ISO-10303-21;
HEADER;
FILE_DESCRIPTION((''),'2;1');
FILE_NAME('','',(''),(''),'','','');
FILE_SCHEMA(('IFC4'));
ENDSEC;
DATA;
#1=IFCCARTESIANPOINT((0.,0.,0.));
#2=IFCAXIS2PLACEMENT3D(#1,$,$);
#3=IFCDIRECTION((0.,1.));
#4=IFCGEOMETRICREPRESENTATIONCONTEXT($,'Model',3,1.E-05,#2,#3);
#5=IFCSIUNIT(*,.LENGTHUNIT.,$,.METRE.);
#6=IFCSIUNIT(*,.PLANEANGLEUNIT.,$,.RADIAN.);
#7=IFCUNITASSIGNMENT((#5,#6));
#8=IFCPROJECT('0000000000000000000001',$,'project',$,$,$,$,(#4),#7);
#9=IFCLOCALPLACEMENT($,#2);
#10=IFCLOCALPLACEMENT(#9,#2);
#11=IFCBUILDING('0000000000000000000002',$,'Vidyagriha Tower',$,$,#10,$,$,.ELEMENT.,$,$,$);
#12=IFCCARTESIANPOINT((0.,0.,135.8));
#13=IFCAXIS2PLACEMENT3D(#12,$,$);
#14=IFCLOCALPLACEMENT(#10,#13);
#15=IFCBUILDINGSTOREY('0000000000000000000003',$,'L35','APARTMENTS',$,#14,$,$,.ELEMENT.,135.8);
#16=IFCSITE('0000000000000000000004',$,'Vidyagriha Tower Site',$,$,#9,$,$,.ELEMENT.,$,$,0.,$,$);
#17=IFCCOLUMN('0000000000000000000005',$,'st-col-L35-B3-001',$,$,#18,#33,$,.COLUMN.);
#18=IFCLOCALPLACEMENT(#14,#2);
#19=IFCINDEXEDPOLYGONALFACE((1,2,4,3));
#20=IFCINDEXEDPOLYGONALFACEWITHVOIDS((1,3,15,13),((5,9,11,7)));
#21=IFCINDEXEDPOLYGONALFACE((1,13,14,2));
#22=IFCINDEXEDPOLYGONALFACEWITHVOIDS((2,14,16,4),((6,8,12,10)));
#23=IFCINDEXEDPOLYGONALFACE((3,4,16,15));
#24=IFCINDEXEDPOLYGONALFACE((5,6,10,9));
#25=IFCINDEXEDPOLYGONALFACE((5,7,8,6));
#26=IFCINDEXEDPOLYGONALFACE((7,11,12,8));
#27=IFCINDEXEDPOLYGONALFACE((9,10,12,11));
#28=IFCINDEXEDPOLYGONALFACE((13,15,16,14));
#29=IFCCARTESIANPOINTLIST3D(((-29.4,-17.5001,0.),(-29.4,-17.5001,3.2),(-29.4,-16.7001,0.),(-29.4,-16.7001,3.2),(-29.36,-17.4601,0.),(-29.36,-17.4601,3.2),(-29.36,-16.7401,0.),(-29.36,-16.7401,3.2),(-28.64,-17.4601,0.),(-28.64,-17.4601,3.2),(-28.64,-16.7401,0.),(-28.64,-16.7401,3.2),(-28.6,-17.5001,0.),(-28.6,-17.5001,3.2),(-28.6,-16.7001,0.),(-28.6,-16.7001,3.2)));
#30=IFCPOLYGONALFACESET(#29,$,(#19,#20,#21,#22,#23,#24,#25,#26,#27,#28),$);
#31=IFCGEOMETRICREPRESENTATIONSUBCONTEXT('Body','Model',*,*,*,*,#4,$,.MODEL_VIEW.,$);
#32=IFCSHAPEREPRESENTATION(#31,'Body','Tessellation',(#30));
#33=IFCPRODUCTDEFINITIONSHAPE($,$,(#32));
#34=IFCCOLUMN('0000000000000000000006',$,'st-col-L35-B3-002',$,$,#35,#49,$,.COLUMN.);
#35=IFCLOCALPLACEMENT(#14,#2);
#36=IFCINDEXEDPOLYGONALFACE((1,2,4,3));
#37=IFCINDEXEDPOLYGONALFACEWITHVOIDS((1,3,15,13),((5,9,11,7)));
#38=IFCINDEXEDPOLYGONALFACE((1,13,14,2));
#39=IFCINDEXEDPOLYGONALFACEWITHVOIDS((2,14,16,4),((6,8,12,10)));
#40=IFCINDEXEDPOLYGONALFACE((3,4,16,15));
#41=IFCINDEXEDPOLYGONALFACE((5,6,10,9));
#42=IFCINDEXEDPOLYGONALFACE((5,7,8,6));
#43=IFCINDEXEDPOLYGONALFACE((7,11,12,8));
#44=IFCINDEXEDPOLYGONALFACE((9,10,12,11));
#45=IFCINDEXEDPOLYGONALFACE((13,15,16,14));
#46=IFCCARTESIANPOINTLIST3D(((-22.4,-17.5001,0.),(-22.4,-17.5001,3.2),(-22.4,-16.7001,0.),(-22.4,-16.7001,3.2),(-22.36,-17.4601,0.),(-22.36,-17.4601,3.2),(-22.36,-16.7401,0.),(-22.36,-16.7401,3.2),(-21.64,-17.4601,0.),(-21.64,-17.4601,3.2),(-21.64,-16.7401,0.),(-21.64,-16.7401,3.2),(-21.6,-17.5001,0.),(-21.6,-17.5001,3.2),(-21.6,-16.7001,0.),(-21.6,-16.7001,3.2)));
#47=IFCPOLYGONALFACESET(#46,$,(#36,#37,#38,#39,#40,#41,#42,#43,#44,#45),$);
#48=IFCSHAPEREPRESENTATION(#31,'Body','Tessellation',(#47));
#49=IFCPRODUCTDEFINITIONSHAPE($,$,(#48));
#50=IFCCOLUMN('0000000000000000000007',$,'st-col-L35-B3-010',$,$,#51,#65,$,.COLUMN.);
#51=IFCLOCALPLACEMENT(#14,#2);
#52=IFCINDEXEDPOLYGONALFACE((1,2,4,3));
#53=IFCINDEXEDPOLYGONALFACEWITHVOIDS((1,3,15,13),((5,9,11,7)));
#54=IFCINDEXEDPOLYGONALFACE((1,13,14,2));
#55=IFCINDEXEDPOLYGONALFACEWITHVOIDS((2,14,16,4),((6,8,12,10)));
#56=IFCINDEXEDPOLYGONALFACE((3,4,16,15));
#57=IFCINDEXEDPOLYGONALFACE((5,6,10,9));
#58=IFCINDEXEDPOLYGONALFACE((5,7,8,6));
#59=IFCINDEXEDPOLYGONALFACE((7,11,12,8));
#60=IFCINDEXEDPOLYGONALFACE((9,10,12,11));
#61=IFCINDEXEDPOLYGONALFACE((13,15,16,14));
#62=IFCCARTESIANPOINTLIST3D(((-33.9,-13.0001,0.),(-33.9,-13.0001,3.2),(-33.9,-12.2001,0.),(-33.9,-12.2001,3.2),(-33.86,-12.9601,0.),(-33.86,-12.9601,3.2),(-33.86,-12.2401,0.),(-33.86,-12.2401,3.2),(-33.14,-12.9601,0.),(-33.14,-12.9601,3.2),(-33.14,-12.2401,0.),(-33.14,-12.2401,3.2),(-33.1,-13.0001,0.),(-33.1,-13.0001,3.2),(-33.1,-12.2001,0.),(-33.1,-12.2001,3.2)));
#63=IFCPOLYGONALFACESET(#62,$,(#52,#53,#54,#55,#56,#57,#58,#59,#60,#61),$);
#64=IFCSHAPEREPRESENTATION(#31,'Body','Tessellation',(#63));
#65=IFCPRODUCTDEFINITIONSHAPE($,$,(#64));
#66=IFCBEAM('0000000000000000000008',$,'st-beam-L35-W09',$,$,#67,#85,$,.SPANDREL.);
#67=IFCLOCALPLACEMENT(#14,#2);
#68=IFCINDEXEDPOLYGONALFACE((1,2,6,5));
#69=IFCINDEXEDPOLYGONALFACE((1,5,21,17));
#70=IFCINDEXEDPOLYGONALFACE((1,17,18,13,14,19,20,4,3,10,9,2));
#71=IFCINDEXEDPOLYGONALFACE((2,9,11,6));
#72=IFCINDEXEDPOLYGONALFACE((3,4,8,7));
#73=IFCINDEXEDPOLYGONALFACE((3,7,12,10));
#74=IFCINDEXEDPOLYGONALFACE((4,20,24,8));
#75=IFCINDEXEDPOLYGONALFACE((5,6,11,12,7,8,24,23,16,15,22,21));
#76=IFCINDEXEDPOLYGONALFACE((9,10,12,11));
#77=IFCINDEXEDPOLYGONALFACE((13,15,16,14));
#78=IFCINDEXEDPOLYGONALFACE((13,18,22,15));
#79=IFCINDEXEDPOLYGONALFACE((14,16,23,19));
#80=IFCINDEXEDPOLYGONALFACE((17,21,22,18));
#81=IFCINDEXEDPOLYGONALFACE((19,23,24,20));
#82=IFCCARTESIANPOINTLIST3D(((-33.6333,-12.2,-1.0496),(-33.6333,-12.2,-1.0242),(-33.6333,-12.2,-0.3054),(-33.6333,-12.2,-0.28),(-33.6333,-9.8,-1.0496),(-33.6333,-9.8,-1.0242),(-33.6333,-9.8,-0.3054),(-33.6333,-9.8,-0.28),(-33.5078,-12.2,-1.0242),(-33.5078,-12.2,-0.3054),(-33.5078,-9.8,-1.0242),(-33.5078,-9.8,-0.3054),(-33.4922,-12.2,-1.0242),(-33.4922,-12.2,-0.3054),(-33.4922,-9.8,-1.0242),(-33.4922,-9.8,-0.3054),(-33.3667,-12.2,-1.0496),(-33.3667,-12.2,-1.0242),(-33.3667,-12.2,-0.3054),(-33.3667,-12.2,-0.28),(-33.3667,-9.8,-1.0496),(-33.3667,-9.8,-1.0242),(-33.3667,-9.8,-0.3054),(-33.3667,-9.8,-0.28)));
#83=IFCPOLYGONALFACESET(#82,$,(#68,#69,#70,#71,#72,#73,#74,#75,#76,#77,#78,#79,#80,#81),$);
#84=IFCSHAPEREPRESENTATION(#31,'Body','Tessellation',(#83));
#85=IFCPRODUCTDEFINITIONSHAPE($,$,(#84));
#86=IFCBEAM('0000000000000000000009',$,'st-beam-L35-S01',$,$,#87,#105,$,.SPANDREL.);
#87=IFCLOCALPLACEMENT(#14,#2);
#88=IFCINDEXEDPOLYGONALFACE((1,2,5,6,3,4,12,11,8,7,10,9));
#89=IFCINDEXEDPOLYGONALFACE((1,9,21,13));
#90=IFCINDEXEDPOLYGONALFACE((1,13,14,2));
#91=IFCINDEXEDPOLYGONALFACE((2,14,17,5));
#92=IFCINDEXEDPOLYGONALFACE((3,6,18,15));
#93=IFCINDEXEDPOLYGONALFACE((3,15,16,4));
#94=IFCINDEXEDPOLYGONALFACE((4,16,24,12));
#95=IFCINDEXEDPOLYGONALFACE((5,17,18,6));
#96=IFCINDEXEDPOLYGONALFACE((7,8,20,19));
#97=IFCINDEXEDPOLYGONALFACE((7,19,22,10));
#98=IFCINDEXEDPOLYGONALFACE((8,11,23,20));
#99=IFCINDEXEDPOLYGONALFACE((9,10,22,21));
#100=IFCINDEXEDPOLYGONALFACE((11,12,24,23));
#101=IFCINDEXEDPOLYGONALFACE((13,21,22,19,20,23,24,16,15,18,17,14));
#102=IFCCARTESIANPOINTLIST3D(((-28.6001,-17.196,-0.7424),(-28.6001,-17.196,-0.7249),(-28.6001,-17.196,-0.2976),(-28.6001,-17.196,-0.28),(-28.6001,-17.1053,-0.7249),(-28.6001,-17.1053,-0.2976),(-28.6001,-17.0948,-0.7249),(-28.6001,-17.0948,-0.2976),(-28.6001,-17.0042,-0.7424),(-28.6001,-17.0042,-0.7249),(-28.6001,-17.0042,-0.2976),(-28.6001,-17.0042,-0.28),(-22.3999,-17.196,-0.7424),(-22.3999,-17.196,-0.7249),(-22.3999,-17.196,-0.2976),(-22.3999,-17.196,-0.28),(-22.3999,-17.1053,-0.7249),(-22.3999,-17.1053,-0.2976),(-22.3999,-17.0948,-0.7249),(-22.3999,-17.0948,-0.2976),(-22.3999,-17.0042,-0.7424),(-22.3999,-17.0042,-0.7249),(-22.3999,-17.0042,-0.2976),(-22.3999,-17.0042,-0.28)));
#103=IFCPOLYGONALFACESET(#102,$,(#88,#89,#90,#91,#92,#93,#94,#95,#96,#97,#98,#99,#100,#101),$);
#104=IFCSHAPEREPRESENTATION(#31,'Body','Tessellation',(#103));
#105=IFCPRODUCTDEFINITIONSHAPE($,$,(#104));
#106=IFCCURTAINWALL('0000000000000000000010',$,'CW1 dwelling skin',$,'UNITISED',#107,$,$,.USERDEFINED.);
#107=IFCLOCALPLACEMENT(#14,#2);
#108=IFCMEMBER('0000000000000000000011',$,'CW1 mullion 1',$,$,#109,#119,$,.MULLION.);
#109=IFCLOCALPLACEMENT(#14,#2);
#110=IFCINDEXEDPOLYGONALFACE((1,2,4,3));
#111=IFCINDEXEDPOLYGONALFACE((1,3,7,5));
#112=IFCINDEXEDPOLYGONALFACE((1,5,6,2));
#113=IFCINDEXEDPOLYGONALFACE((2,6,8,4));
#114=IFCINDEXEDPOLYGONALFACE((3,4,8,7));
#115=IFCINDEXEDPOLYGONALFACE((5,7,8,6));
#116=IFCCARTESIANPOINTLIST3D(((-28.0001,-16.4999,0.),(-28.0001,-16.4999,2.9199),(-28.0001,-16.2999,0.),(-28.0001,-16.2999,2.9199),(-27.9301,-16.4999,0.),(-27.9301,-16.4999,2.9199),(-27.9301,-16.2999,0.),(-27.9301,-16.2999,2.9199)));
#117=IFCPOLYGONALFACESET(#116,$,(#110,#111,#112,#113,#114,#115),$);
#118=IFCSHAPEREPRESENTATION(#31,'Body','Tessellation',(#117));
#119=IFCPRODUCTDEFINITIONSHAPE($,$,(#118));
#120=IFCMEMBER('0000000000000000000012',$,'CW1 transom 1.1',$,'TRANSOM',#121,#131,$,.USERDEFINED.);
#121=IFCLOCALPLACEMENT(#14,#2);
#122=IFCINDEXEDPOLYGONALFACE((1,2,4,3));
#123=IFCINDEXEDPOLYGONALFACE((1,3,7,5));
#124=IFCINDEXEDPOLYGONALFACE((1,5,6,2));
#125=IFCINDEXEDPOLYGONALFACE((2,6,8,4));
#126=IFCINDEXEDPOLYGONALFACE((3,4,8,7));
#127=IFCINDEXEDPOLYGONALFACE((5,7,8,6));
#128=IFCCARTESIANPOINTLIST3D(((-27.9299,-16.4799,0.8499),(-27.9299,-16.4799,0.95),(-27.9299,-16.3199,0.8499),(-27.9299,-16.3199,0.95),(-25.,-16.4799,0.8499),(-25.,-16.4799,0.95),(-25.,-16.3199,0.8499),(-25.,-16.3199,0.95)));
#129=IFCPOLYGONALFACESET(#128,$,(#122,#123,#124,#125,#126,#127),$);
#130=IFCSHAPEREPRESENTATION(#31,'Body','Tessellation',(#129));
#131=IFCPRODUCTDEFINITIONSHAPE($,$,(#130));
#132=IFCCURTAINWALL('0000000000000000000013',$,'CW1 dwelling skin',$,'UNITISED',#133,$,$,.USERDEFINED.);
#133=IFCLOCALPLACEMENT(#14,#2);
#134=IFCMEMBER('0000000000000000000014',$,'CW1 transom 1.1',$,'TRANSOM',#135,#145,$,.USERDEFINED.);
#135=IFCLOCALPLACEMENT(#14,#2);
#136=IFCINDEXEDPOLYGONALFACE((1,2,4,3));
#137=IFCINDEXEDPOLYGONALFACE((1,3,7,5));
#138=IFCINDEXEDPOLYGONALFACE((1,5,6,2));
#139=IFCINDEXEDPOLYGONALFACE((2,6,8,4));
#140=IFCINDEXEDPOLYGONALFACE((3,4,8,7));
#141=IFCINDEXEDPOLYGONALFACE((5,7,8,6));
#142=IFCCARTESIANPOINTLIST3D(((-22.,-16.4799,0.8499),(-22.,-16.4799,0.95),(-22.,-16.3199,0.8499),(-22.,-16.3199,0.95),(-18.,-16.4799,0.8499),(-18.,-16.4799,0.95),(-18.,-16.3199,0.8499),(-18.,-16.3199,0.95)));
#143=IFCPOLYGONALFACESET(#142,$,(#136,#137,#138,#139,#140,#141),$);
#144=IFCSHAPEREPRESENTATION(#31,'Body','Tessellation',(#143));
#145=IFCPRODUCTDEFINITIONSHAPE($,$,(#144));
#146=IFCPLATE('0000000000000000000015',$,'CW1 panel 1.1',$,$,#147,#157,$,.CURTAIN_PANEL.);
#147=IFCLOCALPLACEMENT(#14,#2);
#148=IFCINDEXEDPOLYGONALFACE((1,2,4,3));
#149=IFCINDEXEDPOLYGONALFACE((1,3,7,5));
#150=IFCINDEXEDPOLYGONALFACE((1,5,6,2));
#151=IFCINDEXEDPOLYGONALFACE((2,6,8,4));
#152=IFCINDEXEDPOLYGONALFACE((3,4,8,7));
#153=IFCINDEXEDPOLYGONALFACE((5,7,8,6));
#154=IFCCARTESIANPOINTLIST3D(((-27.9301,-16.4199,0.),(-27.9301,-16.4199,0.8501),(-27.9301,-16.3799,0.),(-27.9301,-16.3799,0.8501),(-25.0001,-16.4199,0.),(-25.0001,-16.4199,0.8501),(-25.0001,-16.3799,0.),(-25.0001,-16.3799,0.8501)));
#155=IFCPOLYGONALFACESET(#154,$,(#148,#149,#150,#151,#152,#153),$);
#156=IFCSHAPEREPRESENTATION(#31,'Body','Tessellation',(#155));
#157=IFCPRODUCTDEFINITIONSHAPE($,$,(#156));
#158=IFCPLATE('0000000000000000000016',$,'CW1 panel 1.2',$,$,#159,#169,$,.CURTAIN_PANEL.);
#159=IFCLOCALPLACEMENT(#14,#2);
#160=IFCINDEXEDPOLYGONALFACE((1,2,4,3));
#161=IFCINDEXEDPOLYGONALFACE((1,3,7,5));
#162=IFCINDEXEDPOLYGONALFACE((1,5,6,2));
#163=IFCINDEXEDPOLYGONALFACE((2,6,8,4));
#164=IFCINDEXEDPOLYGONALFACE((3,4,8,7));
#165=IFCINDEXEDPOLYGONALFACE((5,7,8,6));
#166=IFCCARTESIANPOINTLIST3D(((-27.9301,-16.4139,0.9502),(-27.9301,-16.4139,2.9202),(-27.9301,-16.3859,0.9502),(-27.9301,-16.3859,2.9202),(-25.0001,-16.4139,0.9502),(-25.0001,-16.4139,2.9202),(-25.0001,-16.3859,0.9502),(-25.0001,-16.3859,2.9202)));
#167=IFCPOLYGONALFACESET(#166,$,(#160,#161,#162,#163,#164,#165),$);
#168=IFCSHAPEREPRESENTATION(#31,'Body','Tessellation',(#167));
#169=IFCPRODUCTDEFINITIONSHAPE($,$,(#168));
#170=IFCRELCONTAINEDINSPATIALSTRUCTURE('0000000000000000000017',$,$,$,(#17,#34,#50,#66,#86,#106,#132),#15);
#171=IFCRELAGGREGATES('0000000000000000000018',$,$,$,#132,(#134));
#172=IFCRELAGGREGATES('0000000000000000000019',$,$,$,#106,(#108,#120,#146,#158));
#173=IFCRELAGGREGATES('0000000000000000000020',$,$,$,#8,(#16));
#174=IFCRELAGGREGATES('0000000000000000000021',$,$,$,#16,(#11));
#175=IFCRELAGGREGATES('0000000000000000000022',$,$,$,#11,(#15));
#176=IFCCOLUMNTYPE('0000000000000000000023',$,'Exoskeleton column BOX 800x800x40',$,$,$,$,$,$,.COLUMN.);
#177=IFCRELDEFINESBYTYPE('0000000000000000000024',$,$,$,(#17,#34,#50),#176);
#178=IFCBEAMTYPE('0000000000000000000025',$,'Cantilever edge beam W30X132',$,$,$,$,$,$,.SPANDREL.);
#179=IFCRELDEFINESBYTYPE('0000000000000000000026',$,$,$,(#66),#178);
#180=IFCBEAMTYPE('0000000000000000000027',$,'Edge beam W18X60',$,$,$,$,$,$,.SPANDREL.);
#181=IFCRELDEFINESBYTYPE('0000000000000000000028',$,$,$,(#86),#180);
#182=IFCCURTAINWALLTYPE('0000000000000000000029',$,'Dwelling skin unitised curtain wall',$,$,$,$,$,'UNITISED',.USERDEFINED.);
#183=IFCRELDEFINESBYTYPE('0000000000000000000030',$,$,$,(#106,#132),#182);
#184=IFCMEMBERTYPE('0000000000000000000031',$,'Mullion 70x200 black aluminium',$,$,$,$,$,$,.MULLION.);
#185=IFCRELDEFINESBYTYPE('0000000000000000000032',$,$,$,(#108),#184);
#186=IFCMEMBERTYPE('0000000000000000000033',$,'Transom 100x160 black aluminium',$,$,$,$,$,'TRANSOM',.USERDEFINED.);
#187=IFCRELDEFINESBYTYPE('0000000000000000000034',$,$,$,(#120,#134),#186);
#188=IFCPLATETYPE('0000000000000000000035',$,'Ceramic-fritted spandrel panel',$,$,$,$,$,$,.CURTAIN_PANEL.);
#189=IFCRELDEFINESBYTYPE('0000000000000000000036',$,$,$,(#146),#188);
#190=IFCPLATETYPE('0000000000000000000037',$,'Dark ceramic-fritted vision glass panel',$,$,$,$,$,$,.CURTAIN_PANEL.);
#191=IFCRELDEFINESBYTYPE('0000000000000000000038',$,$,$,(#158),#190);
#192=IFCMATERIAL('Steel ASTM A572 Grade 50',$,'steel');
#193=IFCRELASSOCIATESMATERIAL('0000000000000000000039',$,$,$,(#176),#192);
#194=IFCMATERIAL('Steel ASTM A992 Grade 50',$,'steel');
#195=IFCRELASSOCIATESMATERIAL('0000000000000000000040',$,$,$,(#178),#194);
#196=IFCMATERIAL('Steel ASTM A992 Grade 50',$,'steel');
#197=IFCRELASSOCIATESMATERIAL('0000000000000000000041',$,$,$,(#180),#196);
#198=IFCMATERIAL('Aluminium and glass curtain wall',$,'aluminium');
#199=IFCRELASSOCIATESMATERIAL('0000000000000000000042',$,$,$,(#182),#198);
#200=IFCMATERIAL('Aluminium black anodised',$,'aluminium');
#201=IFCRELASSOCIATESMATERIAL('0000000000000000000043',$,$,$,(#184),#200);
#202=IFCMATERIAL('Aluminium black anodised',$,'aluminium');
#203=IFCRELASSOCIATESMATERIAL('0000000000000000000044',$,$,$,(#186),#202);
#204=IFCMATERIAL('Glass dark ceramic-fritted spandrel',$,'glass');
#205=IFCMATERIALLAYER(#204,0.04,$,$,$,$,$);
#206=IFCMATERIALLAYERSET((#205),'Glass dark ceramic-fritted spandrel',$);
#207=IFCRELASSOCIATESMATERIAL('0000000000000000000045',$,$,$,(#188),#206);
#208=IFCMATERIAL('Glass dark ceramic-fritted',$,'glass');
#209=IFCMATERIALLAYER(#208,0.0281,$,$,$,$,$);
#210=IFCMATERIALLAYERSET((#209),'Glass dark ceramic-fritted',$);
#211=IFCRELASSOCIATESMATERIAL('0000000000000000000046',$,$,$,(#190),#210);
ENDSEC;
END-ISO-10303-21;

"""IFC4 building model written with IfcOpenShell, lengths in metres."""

from ifc_helpers import new_model, si_unit, direction, frame, origin, origin_2d, place, context, subcontext, project, spatial, rectangle, hollow_rectangle, i_section, extrude, material, layer, layer_set, material_profile, profile_set, type_object, element, aggregate, save


model = new_model("IFC4")

# Units and contexts
model_context = context("Model", 3, precision=1e-05, world=origin(), true_north=direction((0.0, 1.0)))
body_context = subcontext(model_context, "Body", "Model", "MODEL_VIEW")
ifc_project = project(units=[si_unit("LENGTHUNIT", "METRE"), si_unit("PLANEANGLEUNIT", "RADIAN")], contexts=[model_context])

# Site, building, storey
site_placement = place(None, origin())
site = spatial("IfcSite", under=ifc_project, at=site_placement, Name="Vidyagriha Tower Site", CompositionType="ELEMENT", RefElevation=0.0)
building_placement = place(site_placement, origin())
building = spatial("IfcBuilding", under=site, at=building_placement, Name="Vidyagriha Tower", CompositionType="ELEMENT")
storey_placement = place(building_placement, frame((0.0, 0.0, 135.8)))
storey = spatial("IfcBuildingStorey", under=building, at=storey_placement, Name="L35", Description="APARTMENTS", CompositionType="ELEMENT", Elevation=135.8)

# Columns
ifc_material_1 = material(Name="Steel ASTM A572 Grade 50", Category="steel")
ifc_material_profile_1 = material_profile(ifc_material_1, hollow_rectangle(XDim=0.8, YDim=0.8, WallThickness=0.04, at=origin_2d()), Name="BOX 800x800x40")
ifc_profile_set_1 = profile_set([ifc_material_profile_1], Name="Steel ASTM A572 Grade 50")
column_type = type_object("IfcColumnType", Name="Exoskeleton column BOX 800x800x40", PredefinedType="COLUMN", material=ifc_profile_set_1)
for number, where, name in (
    (1, (-29.0, -17.1001, 0.0), "st-col-L35-B3-001"),
    (2, (-22.0, -17.1001, 0.0), "st-col-L35-B3-002"),
    (3, (-33.5, -12.6001, 0.0), "st-col-L35-B3-010"),
):
    element("IfcColumn", number, at=place(storey_placement, frame(where)), inside=storey, type_object=column_type, Name=name, PredefinedType="COLUMN", context=body_context, shape_type="SweptSolid", body=[
        extrude(hollow_rectangle(XDim=0.8, YDim=0.8, WallThickness=0.04, at=origin_2d()), origin(), (0.0, 0.0, 1.0), 3.2),
    ])

# Beams
ifc_material_2 = material(Name="Steel ASTM A992 Grade 50", Category="steel")
ifc_material_profile_2 = material_profile(ifc_material_2, i_section(OverallWidth=0.2666, OverallDepth=0.7695, WebThickness=0.0156, FlangeThickness=0.0254, at=origin_2d()), Name="W30X132")
ifc_profile_set_2 = profile_set([ifc_material_profile_2], Name="Steel ASTM A992 Grade 50")
beam_type_1 = type_object("IfcBeamType", Name="Cantilever edge beam W30X132", PredefinedType="SPANDREL", material=ifc_profile_set_2)
beam_1_placement = place(storey_placement, frame((-33.5, -12.2, -0.6648), z_axis=(0.0, 1.0, 0.0), x_axis=(-1.0, 0.0, 0.0)))
element("IfcBeam", 4, at=beam_1_placement, inside=storey, type_object=beam_type_1, Name="st-beam-L35-W09", PredefinedType="SPANDREL", context=body_context, shape_type="SweptSolid", body=[
    extrude(i_section(OverallWidth=0.2666, OverallDepth=0.7695, WebThickness=0.0156, FlangeThickness=0.0254, at=origin_2d()), origin(), (0.0, 0.0, 1.0), 2.3999),
])
ifc_material_3 = material(Name="Steel ASTM A992 Grade 50", Category="steel")
ifc_material_profile_3 = material_profile(ifc_material_3, i_section(OverallWidth=0.1919, OverallDepth=0.4624, WebThickness=0.0105, FlangeThickness=0.0176, at=origin_2d()), Name="W18X60")
ifc_profile_set_3 = profile_set([ifc_material_profile_3], Name="Steel ASTM A992 Grade 50")
beam_type_2 = type_object("IfcBeamType", Name="Edge beam W18X60", PredefinedType="SPANDREL", material=ifc_profile_set_3)
beam_2_placement = place(storey_placement, frame((-28.6001, -17.1001, -0.5112), z_axis=(1.0, 0.0, 0.0), x_axis=(0.0, 1.0, 0.0)))
element("IfcBeam", 5, at=beam_2_placement, inside=storey, type_object=beam_type_2, Name="st-beam-L35-S01", PredefinedType="SPANDREL", context=body_context, shape_type="SweptSolid", body=[
    extrude(i_section(OverallWidth=0.1919, OverallDepth=0.4624, WebThickness=0.0105, FlangeThickness=0.0176, at=origin_2d()), origin(), (0.0, 0.0, 1.0), 6.2002),
])

# Curtain wall, members
ifc_material_4 = material(Name="Aluminium and glass curtain wall", Category="aluminium")
curtain_wall_type = type_object("IfcCurtainWallType", Name="Dwelling skin unitised curtain wall", ElementType="UNITISED", PredefinedType="USERDEFINED", material=ifc_material_4)
curtain_wall_1_placement = place(storey_placement, origin())
curtain_wall_1 = element("IfcCurtainWall", 6, at=curtain_wall_1_placement, inside=storey, type_object=curtain_wall_type, Name="CW1 dwelling skin", ObjectType="UNITISED", PredefinedType="USERDEFINED")
ifc_material_5 = material(Name="Aluminium black anodised", Category="aluminium")
ifc_material_profile_4 = material_profile(ifc_material_5, rectangle(XDim=0.2, YDim=0.0701, at=origin_2d()), Name="Mullion 70x200 black aluminium")
ifc_profile_set_4 = profile_set([ifc_material_profile_4], Name="Aluminium black anodised")
member_type_1 = type_object("IfcMemberType", Name="Mullion 70x200 black aluminium", PredefinedType="MULLION", material=ifc_profile_set_4)
member_1_placement = place(storey_placement, frame((-27.9651, -16.3999, 0.0), z_axis=(0.0, 0.0, 1.0), x_axis=(0.0, 1.0, 0.0)))
member_1 = element("IfcMember", 7, at=member_1_placement, type_object=member_type_1, Name="CW1 mullion 1", PredefinedType="MULLION", context=body_context, shape_type="SweptSolid", body=[
    extrude(rectangle(XDim=0.2, YDim=0.0701, at=origin_2d()), origin(), (0.0, 0.0, 1.0), 2.9199),
])
ifc_material_6 = material(Name="Aluminium black anodised", Category="aluminium")
ifc_material_profile_5 = material_profile(ifc_material_6, rectangle(XDim=0.1599, YDim=0.1001, at=origin_2d()), Name="Transom 100x160 black aluminium")
ifc_profile_set_5 = profile_set([ifc_material_profile_5], Name="Aluminium black anodised")
member_type_2 = type_object("IfcMemberType", Name="Transom 100x160 black aluminium", ElementType="TRANSOM", PredefinedType="USERDEFINED", material=ifc_profile_set_5)
member_2_placement = place(storey_placement, frame((-27.9299, -16.3999, 0.8999), z_axis=(1.0, 0.0, 0.0), x_axis=(0.0, 1.0, 0.0)))
member_2 = element("IfcMember", 8, at=member_2_placement, type_object=member_type_2, Name="CW1 transom 1.1", ObjectType="TRANSOM", PredefinedType="USERDEFINED", context=body_context, shape_type="SweptSolid", body=[
    extrude(rectangle(XDim=0.1599, YDim=0.1001, at=origin_2d()), origin(), (0.0, 0.0, 1.0), 2.9299),
])

# Curtain wall, member
curtain_wall_2_placement = place(storey_placement, origin())
curtain_wall_2 = element("IfcCurtainWall", 9, at=curtain_wall_2_placement, inside=storey, type_object=curtain_wall_type, Name="CW1 dwelling skin", ObjectType="UNITISED", PredefinedType="USERDEFINED")
member_3_placement = place(storey_placement, frame((-22.0, -16.3999, 0.8999), z_axis=(1.0, 0.0, 0.0), x_axis=(0.0, 1.0, 0.0)))
member_3 = element("IfcMember", 10, at=member_3_placement, type_object=member_type_2, Name="CW1 transom 1.1", ObjectType="TRANSOM", PredefinedType="USERDEFINED", context=body_context, shape_type="SweptSolid", body=[
    extrude(rectangle(XDim=0.1599, YDim=0.1001, at=origin_2d()), origin(), (0.0, 0.0, 1.0), 4.0),
])
aggregate(curtain_wall_2, [member_3])

# Plates
ifc_material_7 = material(Name="Glass dark ceramic-fritted spandrel", Category="glass")
ifc_layer_1 = layer(ifc_material_7, 0.04)
ifc_layer_set_1 = layer_set([ifc_layer_1], Name="Glass dark ceramic-fritted spandrel")
plate_type_1 = type_object("IfcPlateType", Name="Ceramic-fritted spandrel panel", PredefinedType="CURTAIN_PANEL", material=ifc_layer_set_1)
plate_1_placement = place(storey_placement, frame((-26.4651, -16.3999, 0.0)))
plate_1 = element("IfcPlate", 11, at=plate_1_placement, type_object=plate_type_1, Name="CW1 panel 1.1", PredefinedType="CURTAIN_PANEL", context=body_context, shape_type="SweptSolid", body=[
    extrude(rectangle(XDim=2.9299, YDim=0.04, at=origin_2d()), origin(), (0.0, 0.0, 1.0), 0.8501),
])
ifc_material_8 = material(Name="Glass dark ceramic-fritted", Category="glass")
ifc_layer_2 = layer(ifc_material_8, 0.0281)
ifc_layer_set_2 = layer_set([ifc_layer_2], Name="Glass dark ceramic-fritted")
plate_type_2 = type_object("IfcPlateType", Name="Dark ceramic-fritted vision glass panel", PredefinedType="CURTAIN_PANEL", material=ifc_layer_set_2)
plate_2_placement = place(storey_placement, frame((-26.4651, -16.3999, 0.9502)))
plate_2 = element("IfcPlate", 12, at=plate_2_placement, type_object=plate_type_2, Name="CW1 panel 1.2", PredefinedType="CURTAIN_PANEL", context=body_context, shape_type="SweptSolid", body=[
    extrude(rectangle(XDim=2.9299, YDim=0.0281, at=origin_2d()), origin(), (0.0, 0.0, 1.0), 1.97),
])
aggregate(curtain_wall_1, [member_1, member_2, plate_1, plate_2])

save(model, "model.ifc")
